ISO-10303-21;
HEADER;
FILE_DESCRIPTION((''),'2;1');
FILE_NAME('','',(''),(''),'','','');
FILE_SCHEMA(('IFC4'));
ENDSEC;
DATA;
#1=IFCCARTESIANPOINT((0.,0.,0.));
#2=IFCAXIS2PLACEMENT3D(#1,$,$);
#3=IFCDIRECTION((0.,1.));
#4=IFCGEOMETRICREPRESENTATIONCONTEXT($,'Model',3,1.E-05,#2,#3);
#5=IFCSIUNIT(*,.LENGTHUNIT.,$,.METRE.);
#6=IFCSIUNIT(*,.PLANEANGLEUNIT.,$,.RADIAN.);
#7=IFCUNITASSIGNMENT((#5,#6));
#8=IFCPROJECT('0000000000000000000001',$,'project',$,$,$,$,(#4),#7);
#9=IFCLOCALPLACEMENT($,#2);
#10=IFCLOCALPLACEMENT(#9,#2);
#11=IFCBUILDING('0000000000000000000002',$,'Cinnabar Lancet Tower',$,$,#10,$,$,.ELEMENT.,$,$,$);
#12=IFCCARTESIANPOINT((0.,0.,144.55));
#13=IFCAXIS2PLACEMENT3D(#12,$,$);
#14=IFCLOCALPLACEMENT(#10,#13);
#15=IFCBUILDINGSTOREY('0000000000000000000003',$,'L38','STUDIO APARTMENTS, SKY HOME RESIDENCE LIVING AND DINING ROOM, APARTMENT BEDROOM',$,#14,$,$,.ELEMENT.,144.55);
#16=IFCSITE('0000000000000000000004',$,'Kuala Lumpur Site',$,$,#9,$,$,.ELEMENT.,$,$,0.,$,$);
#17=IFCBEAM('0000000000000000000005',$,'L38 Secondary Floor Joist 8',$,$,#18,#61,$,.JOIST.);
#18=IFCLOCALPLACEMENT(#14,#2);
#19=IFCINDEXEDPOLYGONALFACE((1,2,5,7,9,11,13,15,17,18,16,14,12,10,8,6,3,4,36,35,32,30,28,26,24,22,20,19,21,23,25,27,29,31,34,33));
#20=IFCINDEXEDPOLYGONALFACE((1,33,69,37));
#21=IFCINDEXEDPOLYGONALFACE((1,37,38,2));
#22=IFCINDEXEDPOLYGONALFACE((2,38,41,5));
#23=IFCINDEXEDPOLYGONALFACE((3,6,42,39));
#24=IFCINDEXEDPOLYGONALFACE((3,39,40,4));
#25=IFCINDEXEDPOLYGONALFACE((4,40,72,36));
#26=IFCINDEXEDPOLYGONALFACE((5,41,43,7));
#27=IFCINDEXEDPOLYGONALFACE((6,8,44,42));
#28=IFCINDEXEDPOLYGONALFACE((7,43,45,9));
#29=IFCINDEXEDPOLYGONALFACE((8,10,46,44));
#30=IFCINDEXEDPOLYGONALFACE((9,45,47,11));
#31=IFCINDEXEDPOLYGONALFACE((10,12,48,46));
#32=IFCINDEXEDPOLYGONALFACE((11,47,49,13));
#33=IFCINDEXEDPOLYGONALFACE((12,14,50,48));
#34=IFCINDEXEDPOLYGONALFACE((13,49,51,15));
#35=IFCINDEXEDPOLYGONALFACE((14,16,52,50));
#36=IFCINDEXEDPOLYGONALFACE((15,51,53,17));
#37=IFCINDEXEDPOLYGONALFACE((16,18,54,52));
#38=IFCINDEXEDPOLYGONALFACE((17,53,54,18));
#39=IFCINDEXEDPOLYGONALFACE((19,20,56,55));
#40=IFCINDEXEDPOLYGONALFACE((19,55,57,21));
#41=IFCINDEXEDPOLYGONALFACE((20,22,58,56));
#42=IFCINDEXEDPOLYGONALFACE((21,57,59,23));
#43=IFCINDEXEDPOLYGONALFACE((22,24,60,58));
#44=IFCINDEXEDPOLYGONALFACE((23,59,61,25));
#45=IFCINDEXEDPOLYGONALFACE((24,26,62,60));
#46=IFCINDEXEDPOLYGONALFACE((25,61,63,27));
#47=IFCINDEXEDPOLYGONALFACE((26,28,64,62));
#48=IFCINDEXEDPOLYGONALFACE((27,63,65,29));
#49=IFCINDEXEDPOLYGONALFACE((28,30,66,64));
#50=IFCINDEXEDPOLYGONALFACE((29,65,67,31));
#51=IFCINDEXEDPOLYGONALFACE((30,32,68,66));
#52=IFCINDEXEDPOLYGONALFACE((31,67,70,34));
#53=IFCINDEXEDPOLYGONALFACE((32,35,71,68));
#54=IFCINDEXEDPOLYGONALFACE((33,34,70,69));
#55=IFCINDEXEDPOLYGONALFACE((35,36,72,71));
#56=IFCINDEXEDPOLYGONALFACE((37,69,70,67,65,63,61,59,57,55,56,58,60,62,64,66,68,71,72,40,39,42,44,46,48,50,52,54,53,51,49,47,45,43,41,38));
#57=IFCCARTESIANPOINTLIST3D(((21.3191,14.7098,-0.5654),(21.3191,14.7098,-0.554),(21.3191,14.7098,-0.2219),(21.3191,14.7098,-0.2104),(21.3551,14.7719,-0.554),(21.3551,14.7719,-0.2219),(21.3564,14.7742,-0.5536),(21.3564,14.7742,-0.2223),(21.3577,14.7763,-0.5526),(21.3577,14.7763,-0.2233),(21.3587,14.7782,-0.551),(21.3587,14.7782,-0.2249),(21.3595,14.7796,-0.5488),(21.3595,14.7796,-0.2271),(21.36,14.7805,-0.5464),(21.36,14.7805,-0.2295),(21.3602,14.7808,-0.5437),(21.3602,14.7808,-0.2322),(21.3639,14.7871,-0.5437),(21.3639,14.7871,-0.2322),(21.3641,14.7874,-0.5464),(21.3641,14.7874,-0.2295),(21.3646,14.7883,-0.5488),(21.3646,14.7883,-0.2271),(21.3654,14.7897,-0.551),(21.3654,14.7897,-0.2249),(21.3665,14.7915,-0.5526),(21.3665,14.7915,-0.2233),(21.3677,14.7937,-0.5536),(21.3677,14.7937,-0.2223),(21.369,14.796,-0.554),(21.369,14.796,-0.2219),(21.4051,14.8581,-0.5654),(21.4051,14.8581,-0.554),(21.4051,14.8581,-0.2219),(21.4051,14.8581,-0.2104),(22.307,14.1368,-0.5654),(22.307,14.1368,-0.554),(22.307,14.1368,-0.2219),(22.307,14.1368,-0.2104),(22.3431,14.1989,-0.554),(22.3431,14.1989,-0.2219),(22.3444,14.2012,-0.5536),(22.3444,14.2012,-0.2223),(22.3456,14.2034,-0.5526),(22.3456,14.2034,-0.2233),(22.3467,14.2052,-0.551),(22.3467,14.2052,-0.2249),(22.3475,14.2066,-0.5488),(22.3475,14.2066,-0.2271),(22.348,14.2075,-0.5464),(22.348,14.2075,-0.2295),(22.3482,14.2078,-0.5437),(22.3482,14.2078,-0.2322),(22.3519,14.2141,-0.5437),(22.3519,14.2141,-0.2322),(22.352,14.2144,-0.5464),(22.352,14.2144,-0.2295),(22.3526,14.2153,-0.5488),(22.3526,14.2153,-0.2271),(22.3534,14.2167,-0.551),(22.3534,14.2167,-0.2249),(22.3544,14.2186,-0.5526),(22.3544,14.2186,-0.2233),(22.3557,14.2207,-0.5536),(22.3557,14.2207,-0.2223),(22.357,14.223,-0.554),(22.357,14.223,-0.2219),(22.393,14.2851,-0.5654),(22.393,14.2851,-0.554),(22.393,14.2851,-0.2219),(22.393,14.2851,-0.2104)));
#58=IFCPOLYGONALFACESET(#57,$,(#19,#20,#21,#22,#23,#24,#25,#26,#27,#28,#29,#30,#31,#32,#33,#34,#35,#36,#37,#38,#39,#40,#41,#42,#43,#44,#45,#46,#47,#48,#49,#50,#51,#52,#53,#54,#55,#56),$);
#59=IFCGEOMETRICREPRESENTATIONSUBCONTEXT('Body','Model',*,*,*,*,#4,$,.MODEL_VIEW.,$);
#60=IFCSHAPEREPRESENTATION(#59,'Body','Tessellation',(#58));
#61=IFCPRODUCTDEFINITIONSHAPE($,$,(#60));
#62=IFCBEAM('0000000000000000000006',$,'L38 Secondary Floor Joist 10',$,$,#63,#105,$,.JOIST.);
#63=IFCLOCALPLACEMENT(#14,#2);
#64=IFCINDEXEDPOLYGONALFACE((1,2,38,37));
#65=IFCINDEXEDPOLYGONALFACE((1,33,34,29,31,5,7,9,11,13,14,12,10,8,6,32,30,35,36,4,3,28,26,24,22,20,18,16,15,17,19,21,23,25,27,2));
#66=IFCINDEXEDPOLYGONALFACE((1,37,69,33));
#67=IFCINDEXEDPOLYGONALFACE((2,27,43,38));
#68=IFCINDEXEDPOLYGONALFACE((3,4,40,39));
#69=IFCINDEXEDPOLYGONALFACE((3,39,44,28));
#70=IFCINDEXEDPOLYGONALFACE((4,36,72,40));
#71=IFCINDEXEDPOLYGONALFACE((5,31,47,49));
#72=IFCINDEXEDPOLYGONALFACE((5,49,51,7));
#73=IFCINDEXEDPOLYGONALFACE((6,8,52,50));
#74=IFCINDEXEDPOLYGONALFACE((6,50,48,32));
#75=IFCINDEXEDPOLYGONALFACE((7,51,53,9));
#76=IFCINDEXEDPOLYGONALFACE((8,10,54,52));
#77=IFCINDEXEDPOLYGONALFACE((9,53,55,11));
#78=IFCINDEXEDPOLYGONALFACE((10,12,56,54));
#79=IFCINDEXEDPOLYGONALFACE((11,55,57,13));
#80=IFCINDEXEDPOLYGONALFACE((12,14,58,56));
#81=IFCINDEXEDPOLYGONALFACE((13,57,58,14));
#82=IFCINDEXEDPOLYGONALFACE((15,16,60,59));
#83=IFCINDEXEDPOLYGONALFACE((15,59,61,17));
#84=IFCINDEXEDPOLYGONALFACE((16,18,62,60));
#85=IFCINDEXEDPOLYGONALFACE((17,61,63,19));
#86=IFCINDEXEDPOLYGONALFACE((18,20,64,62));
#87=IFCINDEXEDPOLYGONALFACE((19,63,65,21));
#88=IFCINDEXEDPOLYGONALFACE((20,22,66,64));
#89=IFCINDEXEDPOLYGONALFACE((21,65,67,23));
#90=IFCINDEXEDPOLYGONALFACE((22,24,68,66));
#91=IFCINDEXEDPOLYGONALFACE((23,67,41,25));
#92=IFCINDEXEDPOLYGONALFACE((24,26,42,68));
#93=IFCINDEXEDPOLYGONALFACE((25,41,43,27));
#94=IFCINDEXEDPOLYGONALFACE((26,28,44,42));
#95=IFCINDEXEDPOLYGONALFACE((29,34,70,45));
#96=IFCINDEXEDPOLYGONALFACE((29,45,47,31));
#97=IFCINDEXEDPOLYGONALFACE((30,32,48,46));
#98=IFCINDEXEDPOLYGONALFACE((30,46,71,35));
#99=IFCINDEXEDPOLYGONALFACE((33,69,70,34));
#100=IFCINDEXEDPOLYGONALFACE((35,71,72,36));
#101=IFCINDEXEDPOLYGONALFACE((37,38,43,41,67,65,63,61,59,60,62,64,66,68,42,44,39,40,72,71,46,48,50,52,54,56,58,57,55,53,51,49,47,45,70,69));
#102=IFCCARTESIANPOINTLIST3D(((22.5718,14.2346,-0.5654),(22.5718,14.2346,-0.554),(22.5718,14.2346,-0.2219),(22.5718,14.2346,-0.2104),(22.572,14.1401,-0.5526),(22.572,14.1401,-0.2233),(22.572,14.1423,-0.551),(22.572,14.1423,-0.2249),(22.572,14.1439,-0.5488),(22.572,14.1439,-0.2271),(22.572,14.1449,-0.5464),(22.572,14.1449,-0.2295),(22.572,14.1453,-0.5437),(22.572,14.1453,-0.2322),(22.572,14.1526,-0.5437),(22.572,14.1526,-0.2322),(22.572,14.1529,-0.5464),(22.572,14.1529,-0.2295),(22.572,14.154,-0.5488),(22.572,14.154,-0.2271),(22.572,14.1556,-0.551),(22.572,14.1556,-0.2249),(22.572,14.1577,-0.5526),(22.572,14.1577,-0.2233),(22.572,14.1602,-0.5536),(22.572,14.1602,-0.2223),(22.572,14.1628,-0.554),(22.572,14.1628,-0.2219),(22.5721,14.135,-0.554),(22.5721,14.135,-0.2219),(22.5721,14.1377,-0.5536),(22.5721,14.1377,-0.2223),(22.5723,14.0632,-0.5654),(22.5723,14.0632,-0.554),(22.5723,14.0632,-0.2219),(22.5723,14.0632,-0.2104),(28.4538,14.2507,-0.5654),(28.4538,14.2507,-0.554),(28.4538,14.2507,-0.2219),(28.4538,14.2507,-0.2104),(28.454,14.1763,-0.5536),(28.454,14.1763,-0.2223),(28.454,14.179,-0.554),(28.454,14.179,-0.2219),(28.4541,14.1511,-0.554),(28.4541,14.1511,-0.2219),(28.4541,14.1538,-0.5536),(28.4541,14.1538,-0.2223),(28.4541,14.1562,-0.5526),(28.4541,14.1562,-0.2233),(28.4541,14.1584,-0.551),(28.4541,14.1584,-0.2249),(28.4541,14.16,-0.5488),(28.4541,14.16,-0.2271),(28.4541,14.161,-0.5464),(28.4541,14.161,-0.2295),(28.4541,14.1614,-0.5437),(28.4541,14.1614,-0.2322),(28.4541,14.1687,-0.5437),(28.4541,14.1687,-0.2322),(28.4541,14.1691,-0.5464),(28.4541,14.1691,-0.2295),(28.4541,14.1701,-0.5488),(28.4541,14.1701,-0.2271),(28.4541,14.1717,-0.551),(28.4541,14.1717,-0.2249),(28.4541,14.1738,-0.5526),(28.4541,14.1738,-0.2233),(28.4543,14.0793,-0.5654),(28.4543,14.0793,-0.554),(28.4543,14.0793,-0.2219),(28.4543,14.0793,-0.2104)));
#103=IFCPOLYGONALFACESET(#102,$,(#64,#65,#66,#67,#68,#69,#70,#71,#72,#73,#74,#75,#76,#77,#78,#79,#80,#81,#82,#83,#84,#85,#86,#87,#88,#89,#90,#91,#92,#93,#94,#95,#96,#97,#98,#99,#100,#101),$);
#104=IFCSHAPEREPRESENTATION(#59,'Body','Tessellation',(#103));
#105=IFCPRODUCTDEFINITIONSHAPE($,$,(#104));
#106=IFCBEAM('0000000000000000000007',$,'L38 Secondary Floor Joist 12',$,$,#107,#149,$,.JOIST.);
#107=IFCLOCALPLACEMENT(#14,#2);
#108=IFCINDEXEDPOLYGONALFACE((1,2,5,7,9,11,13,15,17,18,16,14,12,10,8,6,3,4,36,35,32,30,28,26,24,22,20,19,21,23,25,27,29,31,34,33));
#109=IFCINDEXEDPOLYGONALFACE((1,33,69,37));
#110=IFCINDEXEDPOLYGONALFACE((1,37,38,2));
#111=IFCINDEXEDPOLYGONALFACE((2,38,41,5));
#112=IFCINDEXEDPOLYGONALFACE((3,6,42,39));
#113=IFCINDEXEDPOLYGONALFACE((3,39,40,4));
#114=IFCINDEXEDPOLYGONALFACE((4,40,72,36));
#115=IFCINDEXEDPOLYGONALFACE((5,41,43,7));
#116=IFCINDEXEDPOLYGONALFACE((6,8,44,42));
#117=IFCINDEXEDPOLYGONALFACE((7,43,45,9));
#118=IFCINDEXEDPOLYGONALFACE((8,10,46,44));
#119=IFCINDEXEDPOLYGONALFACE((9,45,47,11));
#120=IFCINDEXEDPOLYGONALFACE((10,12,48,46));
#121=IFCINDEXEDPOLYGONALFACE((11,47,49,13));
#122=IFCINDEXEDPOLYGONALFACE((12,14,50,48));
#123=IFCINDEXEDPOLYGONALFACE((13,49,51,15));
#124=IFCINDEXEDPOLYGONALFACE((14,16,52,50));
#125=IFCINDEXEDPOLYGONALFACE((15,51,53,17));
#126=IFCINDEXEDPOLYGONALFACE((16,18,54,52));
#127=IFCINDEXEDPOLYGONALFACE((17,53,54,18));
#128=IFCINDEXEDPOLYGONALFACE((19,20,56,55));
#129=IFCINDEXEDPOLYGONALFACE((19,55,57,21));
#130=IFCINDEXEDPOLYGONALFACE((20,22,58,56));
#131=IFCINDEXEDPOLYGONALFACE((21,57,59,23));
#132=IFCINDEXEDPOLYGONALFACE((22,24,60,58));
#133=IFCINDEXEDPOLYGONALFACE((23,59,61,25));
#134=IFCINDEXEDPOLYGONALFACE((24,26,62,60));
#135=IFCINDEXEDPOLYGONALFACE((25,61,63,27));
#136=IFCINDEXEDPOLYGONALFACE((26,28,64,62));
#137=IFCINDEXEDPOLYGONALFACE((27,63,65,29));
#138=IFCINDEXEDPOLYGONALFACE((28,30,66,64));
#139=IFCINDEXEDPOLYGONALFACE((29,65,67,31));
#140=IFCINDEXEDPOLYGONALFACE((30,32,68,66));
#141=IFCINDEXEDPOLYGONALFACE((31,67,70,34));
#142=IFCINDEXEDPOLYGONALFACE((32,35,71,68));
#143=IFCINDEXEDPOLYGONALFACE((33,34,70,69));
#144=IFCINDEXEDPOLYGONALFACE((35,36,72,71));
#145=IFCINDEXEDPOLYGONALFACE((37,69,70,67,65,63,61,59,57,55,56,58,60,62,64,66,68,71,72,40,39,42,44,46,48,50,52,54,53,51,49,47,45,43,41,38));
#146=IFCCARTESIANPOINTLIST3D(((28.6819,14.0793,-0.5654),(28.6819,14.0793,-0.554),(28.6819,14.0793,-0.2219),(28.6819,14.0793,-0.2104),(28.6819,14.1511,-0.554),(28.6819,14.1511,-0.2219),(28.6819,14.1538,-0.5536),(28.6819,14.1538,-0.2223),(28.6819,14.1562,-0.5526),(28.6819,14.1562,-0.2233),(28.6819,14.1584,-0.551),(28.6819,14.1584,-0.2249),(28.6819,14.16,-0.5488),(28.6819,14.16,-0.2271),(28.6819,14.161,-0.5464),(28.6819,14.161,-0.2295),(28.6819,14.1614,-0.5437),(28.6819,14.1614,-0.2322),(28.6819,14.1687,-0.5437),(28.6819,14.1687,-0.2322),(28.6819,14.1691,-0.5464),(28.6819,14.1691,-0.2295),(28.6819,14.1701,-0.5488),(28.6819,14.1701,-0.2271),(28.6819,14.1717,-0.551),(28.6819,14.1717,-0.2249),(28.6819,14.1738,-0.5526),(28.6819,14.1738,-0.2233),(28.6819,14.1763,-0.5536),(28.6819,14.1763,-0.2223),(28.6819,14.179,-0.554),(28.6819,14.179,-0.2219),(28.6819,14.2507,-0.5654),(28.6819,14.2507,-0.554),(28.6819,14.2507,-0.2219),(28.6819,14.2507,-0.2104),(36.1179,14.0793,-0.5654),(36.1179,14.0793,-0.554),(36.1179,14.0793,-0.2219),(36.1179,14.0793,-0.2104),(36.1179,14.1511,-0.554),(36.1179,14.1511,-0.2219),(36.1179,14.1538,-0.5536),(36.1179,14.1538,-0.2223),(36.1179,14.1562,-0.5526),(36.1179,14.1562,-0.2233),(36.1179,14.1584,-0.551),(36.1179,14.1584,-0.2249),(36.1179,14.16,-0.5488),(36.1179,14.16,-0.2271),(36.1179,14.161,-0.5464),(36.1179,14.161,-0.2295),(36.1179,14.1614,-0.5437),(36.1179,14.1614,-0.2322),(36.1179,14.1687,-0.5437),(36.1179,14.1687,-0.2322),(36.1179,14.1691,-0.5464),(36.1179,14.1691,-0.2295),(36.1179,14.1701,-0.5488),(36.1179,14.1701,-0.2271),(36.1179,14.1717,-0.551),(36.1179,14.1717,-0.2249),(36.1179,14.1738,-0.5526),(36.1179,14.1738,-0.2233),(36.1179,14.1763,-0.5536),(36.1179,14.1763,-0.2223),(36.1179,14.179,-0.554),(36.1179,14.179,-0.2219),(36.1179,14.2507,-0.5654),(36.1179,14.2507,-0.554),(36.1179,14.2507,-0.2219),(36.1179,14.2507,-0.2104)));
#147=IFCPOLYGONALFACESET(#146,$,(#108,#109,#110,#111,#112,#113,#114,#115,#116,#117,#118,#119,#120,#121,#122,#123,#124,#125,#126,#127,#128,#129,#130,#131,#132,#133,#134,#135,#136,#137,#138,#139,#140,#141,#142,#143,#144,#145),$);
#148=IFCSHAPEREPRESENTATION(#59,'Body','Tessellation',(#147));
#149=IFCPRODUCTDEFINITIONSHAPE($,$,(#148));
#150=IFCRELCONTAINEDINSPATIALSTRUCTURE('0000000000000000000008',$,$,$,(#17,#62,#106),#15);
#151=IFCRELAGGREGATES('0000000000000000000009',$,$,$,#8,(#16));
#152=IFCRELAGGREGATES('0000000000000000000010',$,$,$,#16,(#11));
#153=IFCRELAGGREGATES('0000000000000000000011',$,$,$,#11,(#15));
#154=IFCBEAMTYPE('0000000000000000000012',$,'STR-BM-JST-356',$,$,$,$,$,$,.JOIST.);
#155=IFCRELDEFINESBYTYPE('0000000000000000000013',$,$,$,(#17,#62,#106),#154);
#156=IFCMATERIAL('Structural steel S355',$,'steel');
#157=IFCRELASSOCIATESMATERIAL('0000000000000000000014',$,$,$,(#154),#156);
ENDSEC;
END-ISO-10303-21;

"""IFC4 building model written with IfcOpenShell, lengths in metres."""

from ifc_helpers import new_model, si_unit, direction, frame, origin, origin_2d, place, context, subcontext, project, spatial, i_section, extrude, material, material_profile, profile_set, type_object, element, save


model = new_model("IFC4")

# Units and contexts
model_context = context("Model", 3, precision=1e-05, world=origin(), true_north=direction((0.0, 1.0)))
body_context = subcontext(model_context, "Body", "Model", "MODEL_VIEW")
ifc_project = project(units=[si_unit("LENGTHUNIT", "METRE"), si_unit("PLANEANGLEUNIT", "RADIAN")], contexts=[model_context])

# Site, building, storey
site_placement = place(None, origin())
site = spatial("IfcSite", under=ifc_project, at=site_placement, Name="Kuala Lumpur Site", CompositionType="ELEMENT", RefElevation=0.0)
building_placement = place(site_placement, origin())
building = spatial("IfcBuilding", under=site, at=building_placement, Name="Cinnabar Lancet Tower", CompositionType="ELEMENT")
storey_placement = place(building_placement, frame((0.0, 0.0, 144.55)))
storey = spatial("IfcBuildingStorey", under=building, at=storey_placement, Name="L38", Description="STUDIO APARTMENTS, SKY HOME RESIDENCE LIVING AND DINING ROOM, APARTMENT BEDROOM", CompositionType="ELEMENT", Elevation=144.55)

# Beams
ifc_material_1 = material(Name="Structural steel S355", Category="steel")
ifc_material_profile_1 = material_profile(ifc_material_1, i_section(OverallWidth=0.1714, OverallDepth=0.355, WebThickness=0.0073, FlangeThickness=0.0115, FilletRadius=0.0103, at=origin_2d()), Name="UKB 356x171x51")
ifc_profile_set_1 = profile_set([ifc_material_profile_1], Name="Structural steel S355")
beam_type_1 = type_object("IfcBeamType", Name="STR-BM-JST-356", PredefinedType="JOIST", material=ifc_profile_set_1)
beam_1_placement = place(storey_placement, frame((21.3621, 14.7839, -0.3879), z_axis=(0.865055, -0.501677, 0.0), x_axis=(0.501677, 0.865055, 0.0)))
element("IfcBeam", 1, at=beam_1_placement, inside=storey, type_object=beam_type_1, Name="L38 Secondary Floor Joist 8", PredefinedType="JOIST", context=body_context, shape_type="SweptSolid", body=[
    extrude(i_section(OverallWidth=0.1714, OverallDepth=0.355, WebThickness=0.0073, FlangeThickness=0.0115, FilletRadius=0.0103, at=origin_2d()), origin(), (0.0, 0.0, 1.0), 1.1421),
])
beam_2_placement = place(storey_placement, frame((22.572, 14.1489, -0.3879), z_axis=(0.999996, 0.002739, 0.0), x_axis=(-0.002739, 0.999996, 0.0)))
element("IfcBeam", 2, at=beam_2_placement, inside=storey, type_object=beam_type_1, Name="L38 Secondary Floor Joist 10", PredefinedType="JOIST", context=body_context, shape_type="SweptSolid", body=[
    extrude(i_section(OverallWidth=0.1714, OverallDepth=0.355, WebThickness=0.0073, FlangeThickness=0.0115, FilletRadius=0.0103, at=origin_2d()), origin(), (0.0, 0.0, 1.0), 5.8821),
])
beam_3_placement = place(storey_placement, frame((28.6819, 14.165, -0.3879), z_axis=(1.0, 0.0, 0.0), x_axis=(0.0, 1.0, 0.0)))
element("IfcBeam", 3, at=beam_3_placement, inside=storey, type_object=beam_type_1, Name="L38 Secondary Floor Joist 12", PredefinedType="JOIST", context=body_context, shape_type="SweptSolid", body=[
    extrude(i_section(OverallWidth=0.1714, OverallDepth=0.355, WebThickness=0.0073, FlangeThickness=0.0115, FilletRadius=0.0103, at=origin_2d()), origin(), (0.0, 0.0, 1.0), 7.436),
])

save(model, "model.ifc")
